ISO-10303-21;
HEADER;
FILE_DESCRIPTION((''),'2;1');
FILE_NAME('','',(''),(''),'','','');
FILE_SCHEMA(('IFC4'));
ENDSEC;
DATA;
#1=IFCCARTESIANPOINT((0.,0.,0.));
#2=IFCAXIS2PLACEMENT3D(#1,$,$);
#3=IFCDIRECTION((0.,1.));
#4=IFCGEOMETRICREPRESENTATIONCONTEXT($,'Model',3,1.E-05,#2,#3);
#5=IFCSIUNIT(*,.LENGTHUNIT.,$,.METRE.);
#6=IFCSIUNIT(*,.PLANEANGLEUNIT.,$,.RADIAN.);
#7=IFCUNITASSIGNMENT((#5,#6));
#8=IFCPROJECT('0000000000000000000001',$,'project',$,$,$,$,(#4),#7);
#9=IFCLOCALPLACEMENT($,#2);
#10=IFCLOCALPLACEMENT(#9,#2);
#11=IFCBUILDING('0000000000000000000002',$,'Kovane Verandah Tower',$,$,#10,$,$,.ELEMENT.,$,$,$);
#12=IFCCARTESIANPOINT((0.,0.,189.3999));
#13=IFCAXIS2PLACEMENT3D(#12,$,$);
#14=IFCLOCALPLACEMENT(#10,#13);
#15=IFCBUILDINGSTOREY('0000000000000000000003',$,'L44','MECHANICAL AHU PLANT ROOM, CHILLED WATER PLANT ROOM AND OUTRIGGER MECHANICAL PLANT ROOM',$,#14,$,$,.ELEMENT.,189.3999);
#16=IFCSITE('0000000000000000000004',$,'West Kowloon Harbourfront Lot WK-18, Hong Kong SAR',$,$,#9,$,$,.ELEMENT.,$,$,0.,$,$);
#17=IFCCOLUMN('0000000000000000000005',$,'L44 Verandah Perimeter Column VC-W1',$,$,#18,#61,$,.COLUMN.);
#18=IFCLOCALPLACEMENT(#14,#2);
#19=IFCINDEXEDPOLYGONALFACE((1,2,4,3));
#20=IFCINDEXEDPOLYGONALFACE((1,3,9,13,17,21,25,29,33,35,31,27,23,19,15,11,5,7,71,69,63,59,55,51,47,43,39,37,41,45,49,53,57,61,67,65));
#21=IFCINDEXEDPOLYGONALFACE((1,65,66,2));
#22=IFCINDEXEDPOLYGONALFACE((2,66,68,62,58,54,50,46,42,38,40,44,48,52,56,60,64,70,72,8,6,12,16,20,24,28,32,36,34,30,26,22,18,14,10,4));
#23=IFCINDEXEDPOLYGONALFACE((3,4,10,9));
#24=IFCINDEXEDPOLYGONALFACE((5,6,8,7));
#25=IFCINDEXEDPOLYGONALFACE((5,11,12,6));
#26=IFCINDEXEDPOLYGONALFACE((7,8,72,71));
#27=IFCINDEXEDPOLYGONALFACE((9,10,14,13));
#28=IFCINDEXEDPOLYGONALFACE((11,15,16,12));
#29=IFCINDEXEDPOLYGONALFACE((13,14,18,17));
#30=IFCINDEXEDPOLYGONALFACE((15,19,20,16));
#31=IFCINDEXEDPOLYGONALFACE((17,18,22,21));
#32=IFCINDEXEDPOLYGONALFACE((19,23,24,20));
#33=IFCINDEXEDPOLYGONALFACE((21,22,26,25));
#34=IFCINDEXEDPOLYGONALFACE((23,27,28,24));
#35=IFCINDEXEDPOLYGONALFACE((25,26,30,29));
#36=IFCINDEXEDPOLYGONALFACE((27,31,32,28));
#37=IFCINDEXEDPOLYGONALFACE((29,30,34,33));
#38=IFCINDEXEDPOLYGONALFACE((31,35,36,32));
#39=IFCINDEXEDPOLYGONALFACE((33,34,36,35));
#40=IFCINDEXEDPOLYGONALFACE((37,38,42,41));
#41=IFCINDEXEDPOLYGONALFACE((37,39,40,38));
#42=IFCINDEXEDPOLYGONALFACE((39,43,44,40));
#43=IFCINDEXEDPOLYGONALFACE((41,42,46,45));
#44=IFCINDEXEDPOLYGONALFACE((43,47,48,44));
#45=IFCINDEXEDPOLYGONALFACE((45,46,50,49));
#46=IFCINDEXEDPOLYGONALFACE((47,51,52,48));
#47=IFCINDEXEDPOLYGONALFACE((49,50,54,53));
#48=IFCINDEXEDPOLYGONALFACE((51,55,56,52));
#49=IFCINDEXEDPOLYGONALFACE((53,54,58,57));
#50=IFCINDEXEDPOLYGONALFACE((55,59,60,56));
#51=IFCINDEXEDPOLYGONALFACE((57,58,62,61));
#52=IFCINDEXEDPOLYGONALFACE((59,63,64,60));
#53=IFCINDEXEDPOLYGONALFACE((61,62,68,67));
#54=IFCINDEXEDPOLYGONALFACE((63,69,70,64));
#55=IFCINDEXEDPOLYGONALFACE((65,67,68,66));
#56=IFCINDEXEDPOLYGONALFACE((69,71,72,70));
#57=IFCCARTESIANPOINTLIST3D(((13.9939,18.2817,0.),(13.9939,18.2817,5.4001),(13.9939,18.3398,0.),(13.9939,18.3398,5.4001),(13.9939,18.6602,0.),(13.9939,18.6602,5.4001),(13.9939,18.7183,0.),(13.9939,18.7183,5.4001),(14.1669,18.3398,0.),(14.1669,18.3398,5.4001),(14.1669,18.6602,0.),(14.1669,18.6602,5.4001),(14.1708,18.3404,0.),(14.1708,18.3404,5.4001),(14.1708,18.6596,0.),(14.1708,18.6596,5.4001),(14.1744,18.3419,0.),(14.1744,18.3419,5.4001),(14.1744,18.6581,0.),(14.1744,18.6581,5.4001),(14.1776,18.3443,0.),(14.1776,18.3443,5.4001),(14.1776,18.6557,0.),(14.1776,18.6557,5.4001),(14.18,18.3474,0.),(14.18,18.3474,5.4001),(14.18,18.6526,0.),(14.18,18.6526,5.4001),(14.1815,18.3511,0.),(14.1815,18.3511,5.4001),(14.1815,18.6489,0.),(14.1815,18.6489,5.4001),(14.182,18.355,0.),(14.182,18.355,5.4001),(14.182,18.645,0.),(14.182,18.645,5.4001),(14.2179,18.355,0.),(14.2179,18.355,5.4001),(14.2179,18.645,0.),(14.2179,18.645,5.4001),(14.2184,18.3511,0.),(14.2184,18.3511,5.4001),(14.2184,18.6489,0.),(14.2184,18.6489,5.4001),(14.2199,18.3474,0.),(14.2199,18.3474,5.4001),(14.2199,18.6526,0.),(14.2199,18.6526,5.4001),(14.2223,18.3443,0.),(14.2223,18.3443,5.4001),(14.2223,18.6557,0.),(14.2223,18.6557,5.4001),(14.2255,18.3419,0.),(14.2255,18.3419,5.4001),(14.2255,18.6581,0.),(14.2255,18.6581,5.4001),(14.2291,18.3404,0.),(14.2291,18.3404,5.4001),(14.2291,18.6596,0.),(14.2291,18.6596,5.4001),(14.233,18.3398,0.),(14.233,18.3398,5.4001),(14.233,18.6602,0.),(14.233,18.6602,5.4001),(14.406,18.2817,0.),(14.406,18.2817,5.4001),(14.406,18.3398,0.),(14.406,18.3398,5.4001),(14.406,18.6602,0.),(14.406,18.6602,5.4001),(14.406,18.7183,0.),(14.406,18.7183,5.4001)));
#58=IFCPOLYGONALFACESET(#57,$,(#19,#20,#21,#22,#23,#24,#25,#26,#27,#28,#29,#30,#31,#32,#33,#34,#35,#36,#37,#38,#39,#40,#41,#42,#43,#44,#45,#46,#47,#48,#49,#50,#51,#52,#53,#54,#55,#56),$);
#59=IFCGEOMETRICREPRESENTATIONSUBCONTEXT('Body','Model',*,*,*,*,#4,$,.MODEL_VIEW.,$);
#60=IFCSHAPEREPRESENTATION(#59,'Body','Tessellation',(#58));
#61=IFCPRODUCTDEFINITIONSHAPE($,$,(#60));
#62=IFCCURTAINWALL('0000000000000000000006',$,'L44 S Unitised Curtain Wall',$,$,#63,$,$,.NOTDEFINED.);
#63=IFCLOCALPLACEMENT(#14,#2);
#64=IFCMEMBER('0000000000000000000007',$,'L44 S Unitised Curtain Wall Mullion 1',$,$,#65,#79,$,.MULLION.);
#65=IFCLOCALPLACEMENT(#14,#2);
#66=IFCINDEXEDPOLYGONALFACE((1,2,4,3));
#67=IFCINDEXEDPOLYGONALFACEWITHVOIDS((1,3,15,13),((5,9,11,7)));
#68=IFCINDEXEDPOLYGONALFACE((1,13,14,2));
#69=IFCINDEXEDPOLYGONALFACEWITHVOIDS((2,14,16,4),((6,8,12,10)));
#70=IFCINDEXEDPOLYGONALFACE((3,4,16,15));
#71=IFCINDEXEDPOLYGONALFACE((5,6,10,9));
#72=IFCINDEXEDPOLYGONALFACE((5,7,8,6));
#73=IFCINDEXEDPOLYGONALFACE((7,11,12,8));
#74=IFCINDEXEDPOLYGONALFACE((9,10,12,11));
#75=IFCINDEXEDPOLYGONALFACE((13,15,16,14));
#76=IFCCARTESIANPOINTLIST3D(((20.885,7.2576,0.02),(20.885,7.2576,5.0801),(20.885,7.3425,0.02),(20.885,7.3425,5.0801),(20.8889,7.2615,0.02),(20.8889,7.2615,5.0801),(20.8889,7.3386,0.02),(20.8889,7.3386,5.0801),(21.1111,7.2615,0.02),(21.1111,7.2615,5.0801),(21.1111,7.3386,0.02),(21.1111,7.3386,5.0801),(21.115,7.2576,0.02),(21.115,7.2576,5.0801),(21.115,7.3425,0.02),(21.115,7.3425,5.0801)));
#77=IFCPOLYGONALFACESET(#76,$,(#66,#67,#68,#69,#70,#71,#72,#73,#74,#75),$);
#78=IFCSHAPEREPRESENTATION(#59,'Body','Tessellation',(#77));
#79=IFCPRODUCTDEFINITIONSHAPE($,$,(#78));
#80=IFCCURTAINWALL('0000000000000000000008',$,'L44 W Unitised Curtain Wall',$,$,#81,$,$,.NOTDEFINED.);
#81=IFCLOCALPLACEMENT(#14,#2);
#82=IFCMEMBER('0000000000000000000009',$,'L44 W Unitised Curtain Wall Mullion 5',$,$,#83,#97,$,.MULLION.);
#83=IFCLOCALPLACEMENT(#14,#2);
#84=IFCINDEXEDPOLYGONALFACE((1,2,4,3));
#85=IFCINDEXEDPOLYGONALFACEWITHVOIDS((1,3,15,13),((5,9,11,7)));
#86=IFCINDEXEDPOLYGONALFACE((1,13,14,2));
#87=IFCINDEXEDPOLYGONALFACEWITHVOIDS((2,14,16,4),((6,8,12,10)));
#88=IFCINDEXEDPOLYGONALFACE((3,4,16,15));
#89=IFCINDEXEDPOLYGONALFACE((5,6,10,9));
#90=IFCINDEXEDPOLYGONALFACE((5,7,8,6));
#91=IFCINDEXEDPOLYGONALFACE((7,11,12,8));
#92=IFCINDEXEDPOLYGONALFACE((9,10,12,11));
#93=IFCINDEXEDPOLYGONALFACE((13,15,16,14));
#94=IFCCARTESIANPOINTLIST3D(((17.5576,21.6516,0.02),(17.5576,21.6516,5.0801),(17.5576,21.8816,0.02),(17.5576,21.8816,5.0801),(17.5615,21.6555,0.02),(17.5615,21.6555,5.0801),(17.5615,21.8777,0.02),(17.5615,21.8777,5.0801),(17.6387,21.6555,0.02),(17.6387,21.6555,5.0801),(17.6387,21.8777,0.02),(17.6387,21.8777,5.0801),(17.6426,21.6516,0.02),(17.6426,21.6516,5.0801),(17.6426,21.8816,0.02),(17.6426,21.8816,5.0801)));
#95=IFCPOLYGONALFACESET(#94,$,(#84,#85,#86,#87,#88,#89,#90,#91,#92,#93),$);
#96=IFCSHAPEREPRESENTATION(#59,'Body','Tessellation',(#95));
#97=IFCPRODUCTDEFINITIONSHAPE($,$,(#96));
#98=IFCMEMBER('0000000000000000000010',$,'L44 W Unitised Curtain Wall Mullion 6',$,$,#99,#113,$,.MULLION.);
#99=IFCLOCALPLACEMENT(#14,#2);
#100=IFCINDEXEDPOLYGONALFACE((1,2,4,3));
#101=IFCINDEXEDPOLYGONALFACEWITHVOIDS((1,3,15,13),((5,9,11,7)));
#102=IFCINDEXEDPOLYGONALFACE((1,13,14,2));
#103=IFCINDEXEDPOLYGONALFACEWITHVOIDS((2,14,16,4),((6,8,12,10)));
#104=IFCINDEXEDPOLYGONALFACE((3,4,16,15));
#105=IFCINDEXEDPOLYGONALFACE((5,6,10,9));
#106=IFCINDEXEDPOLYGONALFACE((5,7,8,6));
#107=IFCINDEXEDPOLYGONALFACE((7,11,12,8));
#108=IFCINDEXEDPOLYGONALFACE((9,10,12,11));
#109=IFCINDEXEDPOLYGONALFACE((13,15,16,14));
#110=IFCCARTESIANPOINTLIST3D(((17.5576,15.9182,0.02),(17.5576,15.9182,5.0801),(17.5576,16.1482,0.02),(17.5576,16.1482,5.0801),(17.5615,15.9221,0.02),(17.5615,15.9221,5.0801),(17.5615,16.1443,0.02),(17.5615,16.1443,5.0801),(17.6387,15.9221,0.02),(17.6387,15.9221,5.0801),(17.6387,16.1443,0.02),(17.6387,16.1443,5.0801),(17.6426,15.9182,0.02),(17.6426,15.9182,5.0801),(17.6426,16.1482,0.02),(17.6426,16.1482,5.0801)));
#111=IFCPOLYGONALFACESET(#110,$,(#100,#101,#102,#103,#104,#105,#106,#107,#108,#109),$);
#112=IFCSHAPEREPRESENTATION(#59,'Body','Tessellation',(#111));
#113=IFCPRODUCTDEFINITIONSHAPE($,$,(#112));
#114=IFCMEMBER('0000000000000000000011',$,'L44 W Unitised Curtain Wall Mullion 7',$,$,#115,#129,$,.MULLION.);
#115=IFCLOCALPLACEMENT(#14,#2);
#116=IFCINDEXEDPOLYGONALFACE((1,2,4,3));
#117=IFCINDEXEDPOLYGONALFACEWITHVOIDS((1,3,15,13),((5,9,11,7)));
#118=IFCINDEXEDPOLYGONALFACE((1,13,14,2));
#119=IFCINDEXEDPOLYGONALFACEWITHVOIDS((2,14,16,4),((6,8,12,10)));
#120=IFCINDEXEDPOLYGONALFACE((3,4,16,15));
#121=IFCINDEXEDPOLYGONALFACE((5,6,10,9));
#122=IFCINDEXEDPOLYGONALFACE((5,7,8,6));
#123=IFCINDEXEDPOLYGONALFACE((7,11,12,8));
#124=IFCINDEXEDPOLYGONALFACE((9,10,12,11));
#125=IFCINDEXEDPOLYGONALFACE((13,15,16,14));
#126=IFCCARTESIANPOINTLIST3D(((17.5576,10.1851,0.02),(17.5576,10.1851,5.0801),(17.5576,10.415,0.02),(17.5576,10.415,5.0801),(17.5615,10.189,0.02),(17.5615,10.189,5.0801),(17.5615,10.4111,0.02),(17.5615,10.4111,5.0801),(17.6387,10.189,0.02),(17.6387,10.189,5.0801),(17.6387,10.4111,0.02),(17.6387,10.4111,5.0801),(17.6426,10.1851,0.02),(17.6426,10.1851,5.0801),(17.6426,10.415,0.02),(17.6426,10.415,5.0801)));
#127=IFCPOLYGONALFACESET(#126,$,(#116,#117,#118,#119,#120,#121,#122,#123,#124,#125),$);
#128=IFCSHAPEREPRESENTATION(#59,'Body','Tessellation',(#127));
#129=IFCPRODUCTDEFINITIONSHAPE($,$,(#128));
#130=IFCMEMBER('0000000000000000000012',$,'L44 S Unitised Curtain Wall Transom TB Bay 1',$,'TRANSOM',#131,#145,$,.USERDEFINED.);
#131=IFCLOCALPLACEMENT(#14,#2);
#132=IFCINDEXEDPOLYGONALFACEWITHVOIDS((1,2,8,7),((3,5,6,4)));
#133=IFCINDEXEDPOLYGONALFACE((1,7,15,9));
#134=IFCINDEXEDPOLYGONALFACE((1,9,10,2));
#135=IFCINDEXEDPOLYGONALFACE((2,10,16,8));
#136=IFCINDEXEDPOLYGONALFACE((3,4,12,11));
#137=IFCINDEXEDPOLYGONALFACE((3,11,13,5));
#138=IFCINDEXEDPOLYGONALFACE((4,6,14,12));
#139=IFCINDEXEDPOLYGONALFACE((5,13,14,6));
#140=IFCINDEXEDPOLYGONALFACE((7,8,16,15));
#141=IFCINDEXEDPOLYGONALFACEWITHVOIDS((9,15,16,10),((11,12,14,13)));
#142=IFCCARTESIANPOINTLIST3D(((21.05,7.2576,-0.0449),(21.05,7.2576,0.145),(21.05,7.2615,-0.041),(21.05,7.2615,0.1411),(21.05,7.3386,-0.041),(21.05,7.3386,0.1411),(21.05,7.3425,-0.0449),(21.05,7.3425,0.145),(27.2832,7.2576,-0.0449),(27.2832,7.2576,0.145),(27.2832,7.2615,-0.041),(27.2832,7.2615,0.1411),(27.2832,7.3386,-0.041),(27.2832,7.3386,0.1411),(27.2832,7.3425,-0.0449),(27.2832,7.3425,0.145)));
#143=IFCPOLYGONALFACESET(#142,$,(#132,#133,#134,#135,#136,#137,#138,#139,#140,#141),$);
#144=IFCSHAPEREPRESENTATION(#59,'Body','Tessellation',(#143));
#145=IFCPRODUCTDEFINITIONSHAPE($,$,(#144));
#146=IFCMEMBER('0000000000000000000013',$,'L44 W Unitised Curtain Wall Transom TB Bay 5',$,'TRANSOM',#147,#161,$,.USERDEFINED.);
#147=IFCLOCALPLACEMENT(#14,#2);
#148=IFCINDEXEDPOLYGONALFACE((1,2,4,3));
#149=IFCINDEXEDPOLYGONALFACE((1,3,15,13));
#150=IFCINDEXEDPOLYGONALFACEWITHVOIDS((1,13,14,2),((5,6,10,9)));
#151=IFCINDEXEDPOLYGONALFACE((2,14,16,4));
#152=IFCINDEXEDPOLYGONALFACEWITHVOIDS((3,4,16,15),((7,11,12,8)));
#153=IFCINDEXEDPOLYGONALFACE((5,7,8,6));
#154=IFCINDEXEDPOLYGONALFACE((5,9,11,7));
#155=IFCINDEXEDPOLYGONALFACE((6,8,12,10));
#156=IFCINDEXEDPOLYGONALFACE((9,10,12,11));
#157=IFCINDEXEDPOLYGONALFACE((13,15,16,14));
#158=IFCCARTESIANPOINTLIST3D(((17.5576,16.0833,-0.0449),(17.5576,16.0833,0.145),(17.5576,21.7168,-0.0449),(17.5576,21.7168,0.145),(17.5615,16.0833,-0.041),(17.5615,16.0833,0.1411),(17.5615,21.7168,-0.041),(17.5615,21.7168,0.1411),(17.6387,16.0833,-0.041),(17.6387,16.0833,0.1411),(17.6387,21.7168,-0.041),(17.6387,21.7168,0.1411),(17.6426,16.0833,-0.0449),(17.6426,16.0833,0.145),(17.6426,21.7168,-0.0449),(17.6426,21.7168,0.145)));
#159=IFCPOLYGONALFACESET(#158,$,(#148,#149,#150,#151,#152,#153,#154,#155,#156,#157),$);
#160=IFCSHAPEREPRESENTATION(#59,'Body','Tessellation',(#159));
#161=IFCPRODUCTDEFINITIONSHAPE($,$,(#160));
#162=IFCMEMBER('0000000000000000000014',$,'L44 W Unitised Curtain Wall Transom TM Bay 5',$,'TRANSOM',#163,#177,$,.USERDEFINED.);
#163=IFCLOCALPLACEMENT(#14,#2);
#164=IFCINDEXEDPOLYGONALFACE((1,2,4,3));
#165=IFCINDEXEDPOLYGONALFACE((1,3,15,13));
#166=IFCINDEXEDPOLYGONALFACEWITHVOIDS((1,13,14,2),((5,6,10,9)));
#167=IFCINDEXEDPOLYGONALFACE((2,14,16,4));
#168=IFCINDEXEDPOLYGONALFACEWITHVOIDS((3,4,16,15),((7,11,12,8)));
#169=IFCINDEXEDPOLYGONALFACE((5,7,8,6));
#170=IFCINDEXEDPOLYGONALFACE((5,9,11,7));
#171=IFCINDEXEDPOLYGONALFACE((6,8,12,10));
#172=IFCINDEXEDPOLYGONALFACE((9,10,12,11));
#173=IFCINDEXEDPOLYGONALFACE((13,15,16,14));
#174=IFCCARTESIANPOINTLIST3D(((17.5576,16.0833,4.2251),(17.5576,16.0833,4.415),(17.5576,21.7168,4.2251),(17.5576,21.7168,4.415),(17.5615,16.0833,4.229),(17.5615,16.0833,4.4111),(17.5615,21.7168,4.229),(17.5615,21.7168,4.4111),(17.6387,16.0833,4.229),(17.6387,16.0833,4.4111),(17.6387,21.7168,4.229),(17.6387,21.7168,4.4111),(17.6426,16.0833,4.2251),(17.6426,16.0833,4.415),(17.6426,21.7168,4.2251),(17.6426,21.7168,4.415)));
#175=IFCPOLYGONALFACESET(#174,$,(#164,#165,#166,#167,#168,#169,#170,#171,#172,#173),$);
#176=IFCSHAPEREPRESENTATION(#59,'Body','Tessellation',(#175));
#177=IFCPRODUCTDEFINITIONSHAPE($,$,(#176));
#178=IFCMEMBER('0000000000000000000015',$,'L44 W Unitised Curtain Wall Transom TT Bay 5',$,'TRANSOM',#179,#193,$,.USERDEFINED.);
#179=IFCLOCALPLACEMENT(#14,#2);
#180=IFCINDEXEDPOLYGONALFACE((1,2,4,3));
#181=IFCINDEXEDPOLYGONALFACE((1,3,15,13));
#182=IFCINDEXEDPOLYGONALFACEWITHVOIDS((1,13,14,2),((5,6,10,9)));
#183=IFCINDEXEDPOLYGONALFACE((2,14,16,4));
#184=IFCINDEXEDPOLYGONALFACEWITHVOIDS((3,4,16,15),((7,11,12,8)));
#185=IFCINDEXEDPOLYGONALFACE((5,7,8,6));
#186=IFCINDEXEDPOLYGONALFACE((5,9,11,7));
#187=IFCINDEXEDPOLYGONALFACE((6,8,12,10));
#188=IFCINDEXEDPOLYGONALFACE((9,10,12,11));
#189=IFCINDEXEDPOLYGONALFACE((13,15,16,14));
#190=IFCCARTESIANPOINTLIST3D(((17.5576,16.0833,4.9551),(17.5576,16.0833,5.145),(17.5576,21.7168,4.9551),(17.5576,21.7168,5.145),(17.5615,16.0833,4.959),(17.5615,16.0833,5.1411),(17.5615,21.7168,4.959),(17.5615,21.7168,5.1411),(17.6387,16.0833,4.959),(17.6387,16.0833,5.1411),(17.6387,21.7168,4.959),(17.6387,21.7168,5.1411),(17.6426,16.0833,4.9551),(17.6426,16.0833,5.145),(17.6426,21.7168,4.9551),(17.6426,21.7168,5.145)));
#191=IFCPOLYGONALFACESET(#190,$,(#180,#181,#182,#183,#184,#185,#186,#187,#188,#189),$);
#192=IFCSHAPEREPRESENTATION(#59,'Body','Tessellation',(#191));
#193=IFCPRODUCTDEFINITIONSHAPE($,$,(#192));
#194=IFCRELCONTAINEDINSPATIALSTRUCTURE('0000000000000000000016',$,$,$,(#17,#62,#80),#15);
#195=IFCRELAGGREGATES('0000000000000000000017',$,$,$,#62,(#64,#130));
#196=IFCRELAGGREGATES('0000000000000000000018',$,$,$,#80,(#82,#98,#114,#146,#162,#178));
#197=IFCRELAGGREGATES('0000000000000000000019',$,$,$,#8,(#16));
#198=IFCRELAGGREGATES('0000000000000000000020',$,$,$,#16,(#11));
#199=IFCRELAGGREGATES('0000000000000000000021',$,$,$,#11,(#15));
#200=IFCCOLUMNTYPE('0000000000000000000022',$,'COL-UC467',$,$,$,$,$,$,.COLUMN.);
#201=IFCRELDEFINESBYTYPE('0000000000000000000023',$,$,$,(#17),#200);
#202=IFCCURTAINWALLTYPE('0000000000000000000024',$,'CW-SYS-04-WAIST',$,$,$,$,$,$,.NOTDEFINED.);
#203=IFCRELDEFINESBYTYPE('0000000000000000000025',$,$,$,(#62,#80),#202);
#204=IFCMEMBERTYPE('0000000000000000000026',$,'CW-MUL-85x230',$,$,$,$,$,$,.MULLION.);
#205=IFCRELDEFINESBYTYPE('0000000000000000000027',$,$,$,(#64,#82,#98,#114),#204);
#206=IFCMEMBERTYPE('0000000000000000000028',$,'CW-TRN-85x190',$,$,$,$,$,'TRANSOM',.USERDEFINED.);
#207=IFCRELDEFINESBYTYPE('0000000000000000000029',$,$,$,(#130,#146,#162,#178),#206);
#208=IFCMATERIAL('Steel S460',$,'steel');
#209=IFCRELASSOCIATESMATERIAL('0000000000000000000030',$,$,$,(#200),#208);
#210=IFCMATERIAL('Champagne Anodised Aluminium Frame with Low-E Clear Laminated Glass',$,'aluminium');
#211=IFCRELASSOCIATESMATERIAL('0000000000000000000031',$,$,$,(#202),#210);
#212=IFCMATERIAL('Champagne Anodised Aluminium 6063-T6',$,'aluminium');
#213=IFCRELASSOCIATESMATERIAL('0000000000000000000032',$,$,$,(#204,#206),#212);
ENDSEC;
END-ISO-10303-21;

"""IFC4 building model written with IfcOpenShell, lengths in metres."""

from ifc_helpers import new_model, si_unit, direction, frame, origin, origin_2d, place, context, subcontext, project, spatial, hollow_rectangle, i_section, extrude, material, material_profile, profile_set, type_object, element, aggregate, save


model = new_model("IFC4")

# Units and contexts
model_context = context("Model", 3, precision=1e-05, world=origin(), true_north=direction((0.0, 1.0)))
body_context = subcontext(model_context, "Body", "Model", "MODEL_VIEW")
ifc_project = project(units=[si_unit("LENGTHUNIT", "METRE"), si_unit("PLANEANGLEUNIT", "RADIAN")], contexts=[model_context])

# Site, building, storey
site_placement = place(None, origin())
site = spatial("IfcSite", under=ifc_project, at=site_placement, Name="West Kowloon Harbourfront Lot WK-18, Hong Kong SAR", CompositionType="ELEMENT", RefElevation=0.0)
building_placement = place(site_placement, origin())
building = spatial("IfcBuilding", under=site, at=building_placement, Name="Kovane Verandah Tower", CompositionType="ELEMENT")
storey_placement = place(building_placement, frame((0.0, 0.0, 189.3999)))
storey = spatial("IfcBuildingStorey", under=building, at=storey_placement, Name="L44", Description="MECHANICAL AHU PLANT ROOM, CHILLED WATER PLANT ROOM AND OUTRIGGER MECHANICAL PLANT ROOM", CompositionType="ELEMENT", Elevation=189.3999)

# Column
ifc_material_1 = material(Name="Steel S460", Category="steel")
ifc_material_profile_1 = material_profile(ifc_material_1, i_section(OverallWidth=0.4121, OverallDepth=0.4365, WebThickness=0.0359, FlangeThickness=0.0581, FilletRadius=0.0151, at=origin_2d()), Name="UC356x406x467")
ifc_profile_set_1 = profile_set([ifc_material_profile_1], Name="Steel S460")
column_type = type_object("IfcColumnType", Name="COL-UC467", PredefinedType="COLUMN", material=ifc_profile_set_1)
column_placement = place(storey_placement, frame((14.2, 18.5, 0.0), z_axis=(0.0, 0.0, 1.0), x_axis=(1.0, 0.0, 0.0)))
element("IfcColumn", 1, at=column_placement, inside=storey, type_object=column_type, Name="L44 Verandah Perimeter Column VC-W1", PredefinedType="COLUMN", context=body_context, shape_type="SweptSolid", body=[
    extrude(i_section(OverallWidth=0.4121, OverallDepth=0.4365, WebThickness=0.0359, FlangeThickness=0.0581, FilletRadius=0.0151, at=origin_2d()), origin(), (0.0, 0.0, 1.0), 5.4001),
])

# Curtain wall, member
ifc_material_2 = material(Name="Champagne Anodised Aluminium Frame with Low-E Clear Laminated Glass", Category="aluminium")
curtain_wall_type = type_object("IfcCurtainWallType", Name="CW-SYS-04-WAIST", PredefinedType="NOTDEFINED", material=ifc_material_2)
curtain_wall_1_placement = place(storey_placement, origin())
curtain_wall_1 = element("IfcCurtainWall", 2, at=curtain_wall_1_placement, inside=storey, type_object=curtain_wall_type, Name="L44 S Unitised Curtain Wall", PredefinedType="NOTDEFINED")
ifc_material_3 = material(Name="Champagne Anodised Aluminium 6063-T6", Category="aluminium")
ifc_material_profile_2 = material_profile(ifc_material_3, hollow_rectangle(XDim=0.085, YDim=0.23, WallThickness=0.0039, at=origin_2d()), Name="AL85x230x4")
ifc_profile_set_2 = profile_set([ifc_material_profile_2], Name="Champagne Anodised Aluminium 6063-T6")
member_type_1 = type_object("IfcMemberType", Name="CW-MUL-85x230", PredefinedType="MULLION", material=ifc_profile_set_2)
member_1_placement = place(storey_placement, frame((21.0, 7.3, 0.02), z_axis=(0.0, 0.0, 1.0), x_axis=(0.0, -1.0, 0.0)))
member_1 = element("IfcMember", 3, at=member_1_placement, type_object=member_type_1, Name="L44 S Unitised Curtain Wall Mullion 1", PredefinedType="MULLION", context=body_context, shape_type="SweptSolid", body=[
    extrude(hollow_rectangle(XDim=0.085, YDim=0.23, WallThickness=0.0039, at=origin_2d()), origin(), (0.0, 0.0, 1.0), 5.0601),
])

# Curtain wall, members
curtain_wall_2_placement = place(storey_placement, origin())
curtain_wall_2 = element("IfcCurtainWall", 4, at=curtain_wall_2_placement, inside=storey, type_object=curtain_wall_type, Name="L44 W Unitised Curtain Wall", PredefinedType="NOTDEFINED")
member_2_placement = place(storey_placement, frame((17.6001, 21.7666, 0.02), z_axis=(0.0, 0.0, 1.0), x_axis=(-1.0, 0.0, 0.0)))
member_2 = element("IfcMember", 5, at=member_2_placement, type_object=member_type_1, Name="L44 W Unitised Curtain Wall Mullion 5", PredefinedType="MULLION", context=body_context, shape_type="SweptSolid", body=[
    extrude(hollow_rectangle(XDim=0.085, YDim=0.23, WallThickness=0.0039, at=origin_2d()), origin(), (0.0, 0.0, 1.0), 5.0601),
])
member_3_placement = place(storey_placement, frame((17.6001, 16.0332, 0.02), z_axis=(0.0, 0.0, 1.0), x_axis=(-1.0, 0.0, 0.0)))
member_3 = element("IfcMember", 6, at=member_3_placement, type_object=member_type_1, Name="L44 W Unitised Curtain Wall Mullion 6", PredefinedType="MULLION", context=body_context, shape_type="SweptSolid", body=[
    extrude(hollow_rectangle(XDim=0.085, YDim=0.23, WallThickness=0.0039, at=origin_2d()), origin(), (0.0, 0.0, 1.0), 5.0601),
])
member_4_placement = place(storey_placement, frame((17.6001, 10.3, 0.02), z_axis=(0.0, 0.0, 1.0), x_axis=(-1.0, 0.0, 0.0)))
member_4 = element("IfcMember", 7, at=member_4_placement, type_object=member_type_1, Name="L44 W Unitised Curtain Wall Mullion 7", PredefinedType="MULLION", context=body_context, shape_type="SweptSolid", body=[
    extrude(hollow_rectangle(XDim=0.085, YDim=0.23, WallThickness=0.0039, at=origin_2d()), origin(), (0.0, 0.0, 1.0), 5.0601),
])

# Members
ifc_material_profile_3 = material_profile(ifc_material_3, hollow_rectangle(XDim=0.085, YDim=0.1899, WallThickness=0.0039, at=origin_2d()), Name="AL85x190x4")
ifc_profile_set_3 = profile_set([ifc_material_profile_3], Name="Champagne Anodised Aluminium 6063-T6")
member_type_2 = type_object("IfcMemberType", Name="CW-TRN-85x190", ElementType="TRANSOM", PredefinedType="USERDEFINED", material=ifc_profile_set_3)
member_5_placement = place(storey_placement, frame((21.05, 7.3, 0.05), z_axis=(1.0, 0.0, 0.0), x_axis=(0.0, 1.0, 0.0)))
member_5 = element("IfcMember", 8, at=member_5_placement, type_object=member_type_2, Name="L44 S Unitised Curtain Wall Transom TB Bay 1", ObjectType="TRANSOM", PredefinedType="USERDEFINED", context=body_context, shape_type="SweptSolid", body=[
    extrude(hollow_rectangle(XDim=0.085, YDim=0.1899, WallThickness=0.0039, at=origin_2d()), origin(), (0.0, 0.0, 1.0), 6.2332),
])
aggregate(curtain_wall_1, [member_1, member_5])
member_6_placement = place(storey_placement, frame((17.6001, 21.7168, 0.05), z_axis=(0.0, -1.0, 0.0), x_axis=(1.0, 0.0, 0.0)))
member_6 = element("IfcMember", 9, at=member_6_placement, type_object=member_type_2, Name="L44 W Unitised Curtain Wall Transom TB Bay 5", ObjectType="TRANSOM", PredefinedType="USERDEFINED", context=body_context, shape_type="SweptSolid", body=[
    extrude(hollow_rectangle(XDim=0.085, YDim=0.1899, WallThickness=0.0039, at=origin_2d()), origin(), (0.0, 0.0, 1.0), 5.6335),
])
member_7_placement = place(storey_placement, frame((17.6001, 21.7168, 4.3201), z_axis=(0.0, -1.0, 0.0), x_axis=(1.0, 0.0, 0.0)))
member_7 = element("IfcMember", 10, at=member_7_placement, type_object=member_type_2, Name="L44 W Unitised Curtain Wall Transom TM Bay 5", ObjectType="TRANSOM", PredefinedType="USERDEFINED", context=body_context, shape_type="SweptSolid", body=[
    extrude(hollow_rectangle(XDim=0.085, YDim=0.1899, WallThickness=0.0039, at=origin_2d()), origin(), (0.0, 0.0, 1.0), 5.6335),
])
member_8_placement = place(storey_placement, frame((17.6001, 21.7168, 5.05), z_axis=(0.0, -1.0, 0.0), x_axis=(1.0, 0.0, 0.0)))
member_8 = element("IfcMember", 11, at=member_8_placement, type_object=member_type_2, Name="L44 W Unitised Curtain Wall Transom TT Bay 5", ObjectType="TRANSOM", PredefinedType="USERDEFINED", context=body_context, shape_type="SweptSolid", body=[
    extrude(hollow_rectangle(XDim=0.085, YDim=0.1899, WallThickness=0.0039, at=origin_2d()), origin(), (0.0, 0.0, 1.0), 5.6335),
])

aggregate(curtain_wall_2, [member_2, member_3, member_4, member_6, member_7, member_8])

save(model, "model.ifc")
